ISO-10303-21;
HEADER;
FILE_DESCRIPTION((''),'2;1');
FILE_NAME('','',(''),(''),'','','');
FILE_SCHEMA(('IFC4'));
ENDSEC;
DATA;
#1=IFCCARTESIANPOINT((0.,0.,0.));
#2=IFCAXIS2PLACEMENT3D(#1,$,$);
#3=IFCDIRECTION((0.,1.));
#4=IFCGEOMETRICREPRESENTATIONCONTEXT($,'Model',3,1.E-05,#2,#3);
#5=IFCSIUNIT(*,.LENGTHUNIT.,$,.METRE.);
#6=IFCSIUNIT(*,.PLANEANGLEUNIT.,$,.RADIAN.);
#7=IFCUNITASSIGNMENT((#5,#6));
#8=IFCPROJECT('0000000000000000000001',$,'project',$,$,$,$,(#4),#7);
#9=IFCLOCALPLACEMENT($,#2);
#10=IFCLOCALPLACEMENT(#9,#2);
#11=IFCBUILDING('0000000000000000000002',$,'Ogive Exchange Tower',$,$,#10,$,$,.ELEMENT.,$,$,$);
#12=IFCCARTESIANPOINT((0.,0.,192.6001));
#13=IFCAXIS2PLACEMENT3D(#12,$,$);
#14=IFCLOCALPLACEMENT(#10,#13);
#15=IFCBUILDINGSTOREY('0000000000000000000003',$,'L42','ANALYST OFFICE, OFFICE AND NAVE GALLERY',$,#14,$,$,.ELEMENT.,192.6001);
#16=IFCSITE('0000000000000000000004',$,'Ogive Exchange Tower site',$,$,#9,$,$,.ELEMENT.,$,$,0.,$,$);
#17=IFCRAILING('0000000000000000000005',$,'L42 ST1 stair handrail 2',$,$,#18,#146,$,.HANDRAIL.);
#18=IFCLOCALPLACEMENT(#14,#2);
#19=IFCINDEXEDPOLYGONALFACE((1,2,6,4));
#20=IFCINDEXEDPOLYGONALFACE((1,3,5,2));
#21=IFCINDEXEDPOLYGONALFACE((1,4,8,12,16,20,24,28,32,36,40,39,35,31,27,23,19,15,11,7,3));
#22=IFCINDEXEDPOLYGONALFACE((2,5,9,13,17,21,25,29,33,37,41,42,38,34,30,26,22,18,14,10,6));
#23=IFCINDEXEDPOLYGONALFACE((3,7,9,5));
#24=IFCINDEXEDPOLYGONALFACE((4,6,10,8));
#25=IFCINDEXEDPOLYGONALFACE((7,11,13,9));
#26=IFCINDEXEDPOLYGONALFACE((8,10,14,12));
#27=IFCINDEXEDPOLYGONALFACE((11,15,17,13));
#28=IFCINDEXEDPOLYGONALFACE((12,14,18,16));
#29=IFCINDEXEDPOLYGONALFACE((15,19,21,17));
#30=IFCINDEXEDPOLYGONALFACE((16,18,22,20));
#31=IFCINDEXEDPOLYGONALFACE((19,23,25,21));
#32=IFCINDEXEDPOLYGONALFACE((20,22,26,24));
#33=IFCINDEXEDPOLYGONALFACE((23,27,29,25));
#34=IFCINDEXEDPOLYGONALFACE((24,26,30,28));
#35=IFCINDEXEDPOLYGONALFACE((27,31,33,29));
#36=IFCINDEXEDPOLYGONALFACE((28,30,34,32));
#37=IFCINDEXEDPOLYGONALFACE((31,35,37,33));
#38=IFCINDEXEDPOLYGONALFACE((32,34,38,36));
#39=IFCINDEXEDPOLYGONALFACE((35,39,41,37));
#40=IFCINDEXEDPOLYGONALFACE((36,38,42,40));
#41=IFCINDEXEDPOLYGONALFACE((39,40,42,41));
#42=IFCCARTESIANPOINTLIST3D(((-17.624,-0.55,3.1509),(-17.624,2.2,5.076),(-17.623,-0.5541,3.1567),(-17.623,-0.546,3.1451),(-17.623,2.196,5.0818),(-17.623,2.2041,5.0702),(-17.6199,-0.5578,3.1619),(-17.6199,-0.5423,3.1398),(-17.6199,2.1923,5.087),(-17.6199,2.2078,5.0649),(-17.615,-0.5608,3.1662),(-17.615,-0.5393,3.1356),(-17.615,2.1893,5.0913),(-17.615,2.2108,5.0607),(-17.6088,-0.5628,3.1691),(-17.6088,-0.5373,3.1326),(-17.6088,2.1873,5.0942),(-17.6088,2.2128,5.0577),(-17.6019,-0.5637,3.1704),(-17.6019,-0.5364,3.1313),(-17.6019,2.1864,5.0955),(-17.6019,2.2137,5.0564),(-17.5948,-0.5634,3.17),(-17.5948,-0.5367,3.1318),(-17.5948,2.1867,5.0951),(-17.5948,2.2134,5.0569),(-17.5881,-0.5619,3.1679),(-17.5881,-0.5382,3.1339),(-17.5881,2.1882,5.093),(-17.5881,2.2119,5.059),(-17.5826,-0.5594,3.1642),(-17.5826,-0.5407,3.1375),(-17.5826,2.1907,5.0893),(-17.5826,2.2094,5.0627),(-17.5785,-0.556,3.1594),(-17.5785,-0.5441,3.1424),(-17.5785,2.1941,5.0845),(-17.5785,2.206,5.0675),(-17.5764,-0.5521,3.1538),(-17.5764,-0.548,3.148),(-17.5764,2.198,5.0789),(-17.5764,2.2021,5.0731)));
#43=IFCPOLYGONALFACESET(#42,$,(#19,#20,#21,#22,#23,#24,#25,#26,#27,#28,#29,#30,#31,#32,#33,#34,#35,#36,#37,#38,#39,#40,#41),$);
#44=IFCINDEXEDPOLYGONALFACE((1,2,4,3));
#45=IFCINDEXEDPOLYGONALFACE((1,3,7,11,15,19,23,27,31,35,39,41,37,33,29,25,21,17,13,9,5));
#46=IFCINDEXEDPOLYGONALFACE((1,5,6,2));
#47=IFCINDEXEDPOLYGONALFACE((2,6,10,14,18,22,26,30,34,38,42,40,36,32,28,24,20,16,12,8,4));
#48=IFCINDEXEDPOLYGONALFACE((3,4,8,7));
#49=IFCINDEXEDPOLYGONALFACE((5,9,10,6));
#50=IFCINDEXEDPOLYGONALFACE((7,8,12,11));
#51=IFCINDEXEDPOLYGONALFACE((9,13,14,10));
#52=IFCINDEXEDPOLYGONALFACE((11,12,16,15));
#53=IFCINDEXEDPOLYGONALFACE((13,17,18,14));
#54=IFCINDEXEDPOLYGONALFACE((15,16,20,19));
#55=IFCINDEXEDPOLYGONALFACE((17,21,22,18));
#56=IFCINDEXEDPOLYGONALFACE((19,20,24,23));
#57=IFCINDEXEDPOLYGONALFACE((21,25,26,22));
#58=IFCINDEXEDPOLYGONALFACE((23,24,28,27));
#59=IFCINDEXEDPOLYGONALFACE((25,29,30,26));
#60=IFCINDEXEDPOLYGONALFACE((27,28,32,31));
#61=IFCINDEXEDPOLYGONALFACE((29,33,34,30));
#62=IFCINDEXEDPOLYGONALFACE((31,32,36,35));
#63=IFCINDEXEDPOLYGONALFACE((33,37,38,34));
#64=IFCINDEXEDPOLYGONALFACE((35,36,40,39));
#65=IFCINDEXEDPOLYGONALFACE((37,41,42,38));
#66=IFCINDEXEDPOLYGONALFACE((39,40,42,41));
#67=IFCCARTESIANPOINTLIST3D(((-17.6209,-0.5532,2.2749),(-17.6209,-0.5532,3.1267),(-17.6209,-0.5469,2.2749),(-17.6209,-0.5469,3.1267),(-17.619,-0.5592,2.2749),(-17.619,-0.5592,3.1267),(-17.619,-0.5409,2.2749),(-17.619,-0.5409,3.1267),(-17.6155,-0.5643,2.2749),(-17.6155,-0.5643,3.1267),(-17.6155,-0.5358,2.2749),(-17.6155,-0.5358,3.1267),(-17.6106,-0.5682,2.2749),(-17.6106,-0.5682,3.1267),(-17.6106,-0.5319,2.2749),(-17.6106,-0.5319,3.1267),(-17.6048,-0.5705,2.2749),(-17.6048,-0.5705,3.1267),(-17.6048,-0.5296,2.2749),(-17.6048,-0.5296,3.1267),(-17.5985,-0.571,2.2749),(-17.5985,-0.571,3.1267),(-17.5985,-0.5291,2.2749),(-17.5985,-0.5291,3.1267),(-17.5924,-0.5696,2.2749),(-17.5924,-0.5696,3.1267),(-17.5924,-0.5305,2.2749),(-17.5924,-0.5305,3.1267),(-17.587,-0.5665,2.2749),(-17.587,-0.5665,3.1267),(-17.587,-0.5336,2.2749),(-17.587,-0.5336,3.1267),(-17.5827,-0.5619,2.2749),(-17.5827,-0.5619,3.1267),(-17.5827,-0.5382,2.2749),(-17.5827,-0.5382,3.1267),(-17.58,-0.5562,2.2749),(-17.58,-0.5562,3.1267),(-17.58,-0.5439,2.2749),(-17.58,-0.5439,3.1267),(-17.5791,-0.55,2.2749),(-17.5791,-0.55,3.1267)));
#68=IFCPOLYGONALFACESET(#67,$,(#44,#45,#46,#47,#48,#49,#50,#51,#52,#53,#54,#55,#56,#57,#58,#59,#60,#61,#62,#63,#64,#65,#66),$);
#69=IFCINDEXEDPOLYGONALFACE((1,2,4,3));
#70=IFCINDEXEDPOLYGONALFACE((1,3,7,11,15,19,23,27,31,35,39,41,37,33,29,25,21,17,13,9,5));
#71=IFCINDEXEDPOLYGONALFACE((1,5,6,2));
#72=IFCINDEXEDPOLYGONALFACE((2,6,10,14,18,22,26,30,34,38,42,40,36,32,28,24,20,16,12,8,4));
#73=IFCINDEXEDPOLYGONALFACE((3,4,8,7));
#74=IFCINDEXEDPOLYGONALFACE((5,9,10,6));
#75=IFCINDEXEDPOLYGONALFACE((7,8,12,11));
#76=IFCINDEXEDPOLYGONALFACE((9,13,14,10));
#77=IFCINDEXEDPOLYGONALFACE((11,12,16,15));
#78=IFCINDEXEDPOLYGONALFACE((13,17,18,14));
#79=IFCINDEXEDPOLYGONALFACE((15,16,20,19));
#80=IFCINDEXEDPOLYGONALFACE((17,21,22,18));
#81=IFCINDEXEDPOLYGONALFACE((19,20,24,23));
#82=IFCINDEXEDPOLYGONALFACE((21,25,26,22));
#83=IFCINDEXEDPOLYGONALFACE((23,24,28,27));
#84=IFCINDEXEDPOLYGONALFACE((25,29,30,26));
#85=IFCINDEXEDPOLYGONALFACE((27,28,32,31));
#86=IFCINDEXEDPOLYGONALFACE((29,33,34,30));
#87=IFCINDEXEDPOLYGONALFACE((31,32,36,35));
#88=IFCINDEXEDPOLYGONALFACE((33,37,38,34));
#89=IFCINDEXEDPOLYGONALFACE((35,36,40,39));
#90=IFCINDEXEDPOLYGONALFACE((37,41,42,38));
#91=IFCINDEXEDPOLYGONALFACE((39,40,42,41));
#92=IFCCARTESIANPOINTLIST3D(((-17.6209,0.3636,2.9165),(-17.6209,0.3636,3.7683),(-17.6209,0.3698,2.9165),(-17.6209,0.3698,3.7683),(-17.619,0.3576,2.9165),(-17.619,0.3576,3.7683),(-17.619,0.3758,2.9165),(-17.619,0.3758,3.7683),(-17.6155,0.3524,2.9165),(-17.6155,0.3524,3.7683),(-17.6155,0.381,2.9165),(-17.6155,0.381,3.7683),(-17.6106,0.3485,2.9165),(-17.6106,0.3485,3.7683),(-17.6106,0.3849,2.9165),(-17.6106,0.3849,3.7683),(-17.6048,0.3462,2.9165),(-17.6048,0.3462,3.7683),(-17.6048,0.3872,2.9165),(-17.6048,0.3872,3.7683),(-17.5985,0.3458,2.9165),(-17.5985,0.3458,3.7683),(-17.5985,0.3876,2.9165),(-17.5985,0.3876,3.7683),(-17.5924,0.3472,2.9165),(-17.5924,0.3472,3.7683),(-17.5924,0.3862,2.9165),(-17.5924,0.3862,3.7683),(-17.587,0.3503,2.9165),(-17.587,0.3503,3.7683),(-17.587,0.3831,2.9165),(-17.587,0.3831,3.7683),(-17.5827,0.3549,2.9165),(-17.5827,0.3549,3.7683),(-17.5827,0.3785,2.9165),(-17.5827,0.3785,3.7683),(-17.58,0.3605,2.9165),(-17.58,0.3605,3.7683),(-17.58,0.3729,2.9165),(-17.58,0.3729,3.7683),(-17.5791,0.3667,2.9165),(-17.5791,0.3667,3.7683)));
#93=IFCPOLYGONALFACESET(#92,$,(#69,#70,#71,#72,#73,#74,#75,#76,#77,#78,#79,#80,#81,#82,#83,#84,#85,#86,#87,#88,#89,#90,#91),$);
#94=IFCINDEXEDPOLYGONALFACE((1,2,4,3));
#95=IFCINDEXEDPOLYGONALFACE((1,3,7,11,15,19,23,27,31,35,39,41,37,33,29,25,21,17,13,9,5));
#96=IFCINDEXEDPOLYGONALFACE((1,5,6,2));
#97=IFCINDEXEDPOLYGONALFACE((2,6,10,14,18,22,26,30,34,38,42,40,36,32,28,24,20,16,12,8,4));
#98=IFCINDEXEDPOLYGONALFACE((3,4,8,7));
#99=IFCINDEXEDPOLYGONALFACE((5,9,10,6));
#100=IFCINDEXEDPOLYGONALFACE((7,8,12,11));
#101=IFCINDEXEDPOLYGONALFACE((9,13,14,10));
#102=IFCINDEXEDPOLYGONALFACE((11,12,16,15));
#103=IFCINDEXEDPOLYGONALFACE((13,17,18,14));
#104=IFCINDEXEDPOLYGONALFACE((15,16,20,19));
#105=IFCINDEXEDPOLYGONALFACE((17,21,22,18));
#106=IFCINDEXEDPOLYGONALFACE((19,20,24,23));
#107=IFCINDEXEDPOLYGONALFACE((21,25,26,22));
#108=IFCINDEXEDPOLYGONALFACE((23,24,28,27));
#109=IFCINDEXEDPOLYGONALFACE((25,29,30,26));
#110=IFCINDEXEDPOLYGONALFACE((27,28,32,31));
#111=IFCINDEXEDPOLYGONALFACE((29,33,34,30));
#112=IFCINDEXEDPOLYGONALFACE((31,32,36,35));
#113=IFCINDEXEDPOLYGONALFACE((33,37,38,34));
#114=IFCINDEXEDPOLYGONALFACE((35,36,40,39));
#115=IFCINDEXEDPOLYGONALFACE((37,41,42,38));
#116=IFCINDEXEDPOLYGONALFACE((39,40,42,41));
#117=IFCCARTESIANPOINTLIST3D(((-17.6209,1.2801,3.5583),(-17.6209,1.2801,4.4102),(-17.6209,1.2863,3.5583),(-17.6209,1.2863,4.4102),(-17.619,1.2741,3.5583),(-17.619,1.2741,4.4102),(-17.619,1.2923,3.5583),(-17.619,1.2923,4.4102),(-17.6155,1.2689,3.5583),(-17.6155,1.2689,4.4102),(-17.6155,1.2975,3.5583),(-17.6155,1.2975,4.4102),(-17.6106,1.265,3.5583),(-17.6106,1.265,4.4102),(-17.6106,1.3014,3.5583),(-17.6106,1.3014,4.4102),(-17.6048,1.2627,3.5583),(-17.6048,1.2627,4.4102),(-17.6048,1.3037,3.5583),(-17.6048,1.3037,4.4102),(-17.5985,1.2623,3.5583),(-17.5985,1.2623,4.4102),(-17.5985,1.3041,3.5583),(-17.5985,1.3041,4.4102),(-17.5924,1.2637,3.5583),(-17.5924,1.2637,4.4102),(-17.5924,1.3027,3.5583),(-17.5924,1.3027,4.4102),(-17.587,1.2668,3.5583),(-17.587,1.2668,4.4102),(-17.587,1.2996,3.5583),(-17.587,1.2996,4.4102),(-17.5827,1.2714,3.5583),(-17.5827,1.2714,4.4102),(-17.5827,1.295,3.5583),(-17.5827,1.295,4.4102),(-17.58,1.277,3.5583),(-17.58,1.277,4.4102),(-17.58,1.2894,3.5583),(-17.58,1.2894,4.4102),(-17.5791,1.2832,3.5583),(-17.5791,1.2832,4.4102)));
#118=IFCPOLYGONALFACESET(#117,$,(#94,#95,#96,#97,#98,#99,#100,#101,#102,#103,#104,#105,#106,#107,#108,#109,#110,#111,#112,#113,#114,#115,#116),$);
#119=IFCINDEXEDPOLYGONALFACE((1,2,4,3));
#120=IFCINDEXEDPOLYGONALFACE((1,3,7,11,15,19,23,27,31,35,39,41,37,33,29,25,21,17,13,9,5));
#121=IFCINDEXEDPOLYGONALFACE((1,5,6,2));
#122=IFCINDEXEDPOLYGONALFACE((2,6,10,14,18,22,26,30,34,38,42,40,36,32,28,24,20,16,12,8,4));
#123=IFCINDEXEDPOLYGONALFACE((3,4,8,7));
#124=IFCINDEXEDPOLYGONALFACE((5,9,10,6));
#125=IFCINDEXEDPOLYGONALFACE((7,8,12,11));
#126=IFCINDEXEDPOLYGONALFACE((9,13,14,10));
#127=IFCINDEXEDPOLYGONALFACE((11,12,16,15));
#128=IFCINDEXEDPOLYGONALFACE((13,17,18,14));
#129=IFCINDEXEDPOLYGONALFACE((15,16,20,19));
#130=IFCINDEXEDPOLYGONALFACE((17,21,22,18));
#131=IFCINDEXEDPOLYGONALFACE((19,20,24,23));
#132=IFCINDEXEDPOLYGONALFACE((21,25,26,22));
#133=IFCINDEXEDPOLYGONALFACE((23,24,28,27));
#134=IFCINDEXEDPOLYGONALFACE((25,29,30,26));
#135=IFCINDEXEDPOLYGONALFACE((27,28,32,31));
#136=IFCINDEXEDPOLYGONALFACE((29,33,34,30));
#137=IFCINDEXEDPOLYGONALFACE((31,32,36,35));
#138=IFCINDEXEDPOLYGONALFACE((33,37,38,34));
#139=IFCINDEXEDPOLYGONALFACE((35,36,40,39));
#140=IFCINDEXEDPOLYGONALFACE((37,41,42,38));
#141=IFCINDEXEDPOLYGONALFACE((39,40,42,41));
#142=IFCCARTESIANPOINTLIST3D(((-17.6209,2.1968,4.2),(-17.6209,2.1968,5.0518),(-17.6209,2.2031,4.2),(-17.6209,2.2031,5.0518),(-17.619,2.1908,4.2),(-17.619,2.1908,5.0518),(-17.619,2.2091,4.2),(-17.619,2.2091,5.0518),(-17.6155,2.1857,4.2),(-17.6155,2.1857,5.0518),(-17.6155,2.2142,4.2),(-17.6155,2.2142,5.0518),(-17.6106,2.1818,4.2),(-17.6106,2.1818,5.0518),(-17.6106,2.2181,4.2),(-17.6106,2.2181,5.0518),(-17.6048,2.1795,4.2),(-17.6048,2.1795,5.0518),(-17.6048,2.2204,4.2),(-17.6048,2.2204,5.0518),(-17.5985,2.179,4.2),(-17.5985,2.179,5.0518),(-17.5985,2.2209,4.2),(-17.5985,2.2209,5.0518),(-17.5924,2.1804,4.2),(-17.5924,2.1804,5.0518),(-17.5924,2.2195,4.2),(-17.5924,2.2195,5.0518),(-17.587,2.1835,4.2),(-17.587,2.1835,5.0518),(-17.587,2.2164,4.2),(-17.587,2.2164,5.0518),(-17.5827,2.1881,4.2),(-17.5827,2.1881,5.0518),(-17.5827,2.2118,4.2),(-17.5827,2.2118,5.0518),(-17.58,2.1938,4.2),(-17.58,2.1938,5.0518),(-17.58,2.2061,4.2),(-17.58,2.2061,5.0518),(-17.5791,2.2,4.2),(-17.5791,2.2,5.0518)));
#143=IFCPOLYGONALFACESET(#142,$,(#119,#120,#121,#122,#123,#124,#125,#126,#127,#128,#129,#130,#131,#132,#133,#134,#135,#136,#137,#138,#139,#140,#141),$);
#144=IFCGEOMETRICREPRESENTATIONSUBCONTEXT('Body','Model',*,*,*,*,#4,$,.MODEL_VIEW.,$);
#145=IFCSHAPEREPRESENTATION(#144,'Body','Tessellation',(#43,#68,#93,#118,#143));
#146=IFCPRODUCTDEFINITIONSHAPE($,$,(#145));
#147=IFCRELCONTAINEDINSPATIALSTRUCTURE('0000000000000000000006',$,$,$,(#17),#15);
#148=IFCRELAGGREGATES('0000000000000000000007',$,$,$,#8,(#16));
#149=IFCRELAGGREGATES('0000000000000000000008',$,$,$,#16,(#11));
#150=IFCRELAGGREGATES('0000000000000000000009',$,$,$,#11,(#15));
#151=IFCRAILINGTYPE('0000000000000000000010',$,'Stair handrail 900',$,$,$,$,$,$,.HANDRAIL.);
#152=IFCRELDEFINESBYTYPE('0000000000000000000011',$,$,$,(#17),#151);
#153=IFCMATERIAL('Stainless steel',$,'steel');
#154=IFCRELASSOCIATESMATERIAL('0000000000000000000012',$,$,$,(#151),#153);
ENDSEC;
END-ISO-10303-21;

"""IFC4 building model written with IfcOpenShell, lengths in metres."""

from ifc_helpers import new_model, si_unit, direction, frame, origin, origin_2d, place, context, subcontext, project, spatial, circle, extrude, material, type_object, element, save


model = new_model("IFC4")

# Units and contexts
model_context = context("Model", 3, precision=1e-05, world=origin(), true_north=direction((0.0, 1.0)))
body_context = subcontext(model_context, "Body", "Model", "MODEL_VIEW")
ifc_project = project(units=[si_unit("LENGTHUNIT", "METRE"), si_unit("PLANEANGLEUNIT", "RADIAN")], contexts=[model_context])

# Site, building, storey
site_placement = place(None, origin())
site = spatial("IfcSite", under=ifc_project, at=site_placement, Name="Ogive Exchange Tower site", CompositionType="ELEMENT", RefElevation=0.0)
building_placement = place(site_placement, origin())
building = spatial("IfcBuilding", under=site, at=building_placement, Name="Ogive Exchange Tower", CompositionType="ELEMENT")
storey_placement = place(building_placement, frame((0.0, 0.0, 192.6001)))
storey = spatial("IfcBuildingStorey", under=building, at=storey_placement, Name="L42", Description="ANALYST OFFICE, OFFICE AND NAVE GALLERY", CompositionType="ELEMENT", Elevation=192.6001)

# Shared definitions
ifc_material_1 = material(Name="Stainless steel", Category="steel")

# Railing
railing_type = type_object("IfcRailingType", Name="Stair handrail 900", PredefinedType="HANDRAIL", material=ifc_material_1)
railing_placement = place(storey_placement, frame((-17.6001, -0.55, 2.2749)))
element("IfcRailing", 1, at=railing_placement, inside=storey, type_object=railing_type, Name="L42 ST1 stair handrail 2", PredefinedType="HANDRAIL", context=body_context, shape_type="SweptSolid", body=[
    extrude(circle(Radius=0.0239, at=origin_2d()), frame((0.0, 0.0, 0.876), z_axis=(0.0, 0.819225, 0.573472), x_axis=(-1.0, 0.0, 0.0)), (0.0, 0.0, 1.0), 3.3569),
    extrude(circle(Radius=0.021, at=origin_2d()), origin(), (0.0, 0.0, 1.0), 0.8518),
    extrude(circle(Radius=0.021, at=origin_2d()), frame((0.0, 0.9167, 0.6416)), (0.0, 0.0, 1.0), 0.8518),
    extrude(circle(Radius=0.021, at=origin_2d()), frame((0.0, 1.8333, 1.2834)), (0.0, 0.0, 1.0), 0.8518),
    extrude(circle(Radius=0.021, at=origin_2d()), frame((0.0, 2.75, 1.925)), (0.0, 0.0, 1.0), 0.8518),
])

save(model, "model.ifc")
